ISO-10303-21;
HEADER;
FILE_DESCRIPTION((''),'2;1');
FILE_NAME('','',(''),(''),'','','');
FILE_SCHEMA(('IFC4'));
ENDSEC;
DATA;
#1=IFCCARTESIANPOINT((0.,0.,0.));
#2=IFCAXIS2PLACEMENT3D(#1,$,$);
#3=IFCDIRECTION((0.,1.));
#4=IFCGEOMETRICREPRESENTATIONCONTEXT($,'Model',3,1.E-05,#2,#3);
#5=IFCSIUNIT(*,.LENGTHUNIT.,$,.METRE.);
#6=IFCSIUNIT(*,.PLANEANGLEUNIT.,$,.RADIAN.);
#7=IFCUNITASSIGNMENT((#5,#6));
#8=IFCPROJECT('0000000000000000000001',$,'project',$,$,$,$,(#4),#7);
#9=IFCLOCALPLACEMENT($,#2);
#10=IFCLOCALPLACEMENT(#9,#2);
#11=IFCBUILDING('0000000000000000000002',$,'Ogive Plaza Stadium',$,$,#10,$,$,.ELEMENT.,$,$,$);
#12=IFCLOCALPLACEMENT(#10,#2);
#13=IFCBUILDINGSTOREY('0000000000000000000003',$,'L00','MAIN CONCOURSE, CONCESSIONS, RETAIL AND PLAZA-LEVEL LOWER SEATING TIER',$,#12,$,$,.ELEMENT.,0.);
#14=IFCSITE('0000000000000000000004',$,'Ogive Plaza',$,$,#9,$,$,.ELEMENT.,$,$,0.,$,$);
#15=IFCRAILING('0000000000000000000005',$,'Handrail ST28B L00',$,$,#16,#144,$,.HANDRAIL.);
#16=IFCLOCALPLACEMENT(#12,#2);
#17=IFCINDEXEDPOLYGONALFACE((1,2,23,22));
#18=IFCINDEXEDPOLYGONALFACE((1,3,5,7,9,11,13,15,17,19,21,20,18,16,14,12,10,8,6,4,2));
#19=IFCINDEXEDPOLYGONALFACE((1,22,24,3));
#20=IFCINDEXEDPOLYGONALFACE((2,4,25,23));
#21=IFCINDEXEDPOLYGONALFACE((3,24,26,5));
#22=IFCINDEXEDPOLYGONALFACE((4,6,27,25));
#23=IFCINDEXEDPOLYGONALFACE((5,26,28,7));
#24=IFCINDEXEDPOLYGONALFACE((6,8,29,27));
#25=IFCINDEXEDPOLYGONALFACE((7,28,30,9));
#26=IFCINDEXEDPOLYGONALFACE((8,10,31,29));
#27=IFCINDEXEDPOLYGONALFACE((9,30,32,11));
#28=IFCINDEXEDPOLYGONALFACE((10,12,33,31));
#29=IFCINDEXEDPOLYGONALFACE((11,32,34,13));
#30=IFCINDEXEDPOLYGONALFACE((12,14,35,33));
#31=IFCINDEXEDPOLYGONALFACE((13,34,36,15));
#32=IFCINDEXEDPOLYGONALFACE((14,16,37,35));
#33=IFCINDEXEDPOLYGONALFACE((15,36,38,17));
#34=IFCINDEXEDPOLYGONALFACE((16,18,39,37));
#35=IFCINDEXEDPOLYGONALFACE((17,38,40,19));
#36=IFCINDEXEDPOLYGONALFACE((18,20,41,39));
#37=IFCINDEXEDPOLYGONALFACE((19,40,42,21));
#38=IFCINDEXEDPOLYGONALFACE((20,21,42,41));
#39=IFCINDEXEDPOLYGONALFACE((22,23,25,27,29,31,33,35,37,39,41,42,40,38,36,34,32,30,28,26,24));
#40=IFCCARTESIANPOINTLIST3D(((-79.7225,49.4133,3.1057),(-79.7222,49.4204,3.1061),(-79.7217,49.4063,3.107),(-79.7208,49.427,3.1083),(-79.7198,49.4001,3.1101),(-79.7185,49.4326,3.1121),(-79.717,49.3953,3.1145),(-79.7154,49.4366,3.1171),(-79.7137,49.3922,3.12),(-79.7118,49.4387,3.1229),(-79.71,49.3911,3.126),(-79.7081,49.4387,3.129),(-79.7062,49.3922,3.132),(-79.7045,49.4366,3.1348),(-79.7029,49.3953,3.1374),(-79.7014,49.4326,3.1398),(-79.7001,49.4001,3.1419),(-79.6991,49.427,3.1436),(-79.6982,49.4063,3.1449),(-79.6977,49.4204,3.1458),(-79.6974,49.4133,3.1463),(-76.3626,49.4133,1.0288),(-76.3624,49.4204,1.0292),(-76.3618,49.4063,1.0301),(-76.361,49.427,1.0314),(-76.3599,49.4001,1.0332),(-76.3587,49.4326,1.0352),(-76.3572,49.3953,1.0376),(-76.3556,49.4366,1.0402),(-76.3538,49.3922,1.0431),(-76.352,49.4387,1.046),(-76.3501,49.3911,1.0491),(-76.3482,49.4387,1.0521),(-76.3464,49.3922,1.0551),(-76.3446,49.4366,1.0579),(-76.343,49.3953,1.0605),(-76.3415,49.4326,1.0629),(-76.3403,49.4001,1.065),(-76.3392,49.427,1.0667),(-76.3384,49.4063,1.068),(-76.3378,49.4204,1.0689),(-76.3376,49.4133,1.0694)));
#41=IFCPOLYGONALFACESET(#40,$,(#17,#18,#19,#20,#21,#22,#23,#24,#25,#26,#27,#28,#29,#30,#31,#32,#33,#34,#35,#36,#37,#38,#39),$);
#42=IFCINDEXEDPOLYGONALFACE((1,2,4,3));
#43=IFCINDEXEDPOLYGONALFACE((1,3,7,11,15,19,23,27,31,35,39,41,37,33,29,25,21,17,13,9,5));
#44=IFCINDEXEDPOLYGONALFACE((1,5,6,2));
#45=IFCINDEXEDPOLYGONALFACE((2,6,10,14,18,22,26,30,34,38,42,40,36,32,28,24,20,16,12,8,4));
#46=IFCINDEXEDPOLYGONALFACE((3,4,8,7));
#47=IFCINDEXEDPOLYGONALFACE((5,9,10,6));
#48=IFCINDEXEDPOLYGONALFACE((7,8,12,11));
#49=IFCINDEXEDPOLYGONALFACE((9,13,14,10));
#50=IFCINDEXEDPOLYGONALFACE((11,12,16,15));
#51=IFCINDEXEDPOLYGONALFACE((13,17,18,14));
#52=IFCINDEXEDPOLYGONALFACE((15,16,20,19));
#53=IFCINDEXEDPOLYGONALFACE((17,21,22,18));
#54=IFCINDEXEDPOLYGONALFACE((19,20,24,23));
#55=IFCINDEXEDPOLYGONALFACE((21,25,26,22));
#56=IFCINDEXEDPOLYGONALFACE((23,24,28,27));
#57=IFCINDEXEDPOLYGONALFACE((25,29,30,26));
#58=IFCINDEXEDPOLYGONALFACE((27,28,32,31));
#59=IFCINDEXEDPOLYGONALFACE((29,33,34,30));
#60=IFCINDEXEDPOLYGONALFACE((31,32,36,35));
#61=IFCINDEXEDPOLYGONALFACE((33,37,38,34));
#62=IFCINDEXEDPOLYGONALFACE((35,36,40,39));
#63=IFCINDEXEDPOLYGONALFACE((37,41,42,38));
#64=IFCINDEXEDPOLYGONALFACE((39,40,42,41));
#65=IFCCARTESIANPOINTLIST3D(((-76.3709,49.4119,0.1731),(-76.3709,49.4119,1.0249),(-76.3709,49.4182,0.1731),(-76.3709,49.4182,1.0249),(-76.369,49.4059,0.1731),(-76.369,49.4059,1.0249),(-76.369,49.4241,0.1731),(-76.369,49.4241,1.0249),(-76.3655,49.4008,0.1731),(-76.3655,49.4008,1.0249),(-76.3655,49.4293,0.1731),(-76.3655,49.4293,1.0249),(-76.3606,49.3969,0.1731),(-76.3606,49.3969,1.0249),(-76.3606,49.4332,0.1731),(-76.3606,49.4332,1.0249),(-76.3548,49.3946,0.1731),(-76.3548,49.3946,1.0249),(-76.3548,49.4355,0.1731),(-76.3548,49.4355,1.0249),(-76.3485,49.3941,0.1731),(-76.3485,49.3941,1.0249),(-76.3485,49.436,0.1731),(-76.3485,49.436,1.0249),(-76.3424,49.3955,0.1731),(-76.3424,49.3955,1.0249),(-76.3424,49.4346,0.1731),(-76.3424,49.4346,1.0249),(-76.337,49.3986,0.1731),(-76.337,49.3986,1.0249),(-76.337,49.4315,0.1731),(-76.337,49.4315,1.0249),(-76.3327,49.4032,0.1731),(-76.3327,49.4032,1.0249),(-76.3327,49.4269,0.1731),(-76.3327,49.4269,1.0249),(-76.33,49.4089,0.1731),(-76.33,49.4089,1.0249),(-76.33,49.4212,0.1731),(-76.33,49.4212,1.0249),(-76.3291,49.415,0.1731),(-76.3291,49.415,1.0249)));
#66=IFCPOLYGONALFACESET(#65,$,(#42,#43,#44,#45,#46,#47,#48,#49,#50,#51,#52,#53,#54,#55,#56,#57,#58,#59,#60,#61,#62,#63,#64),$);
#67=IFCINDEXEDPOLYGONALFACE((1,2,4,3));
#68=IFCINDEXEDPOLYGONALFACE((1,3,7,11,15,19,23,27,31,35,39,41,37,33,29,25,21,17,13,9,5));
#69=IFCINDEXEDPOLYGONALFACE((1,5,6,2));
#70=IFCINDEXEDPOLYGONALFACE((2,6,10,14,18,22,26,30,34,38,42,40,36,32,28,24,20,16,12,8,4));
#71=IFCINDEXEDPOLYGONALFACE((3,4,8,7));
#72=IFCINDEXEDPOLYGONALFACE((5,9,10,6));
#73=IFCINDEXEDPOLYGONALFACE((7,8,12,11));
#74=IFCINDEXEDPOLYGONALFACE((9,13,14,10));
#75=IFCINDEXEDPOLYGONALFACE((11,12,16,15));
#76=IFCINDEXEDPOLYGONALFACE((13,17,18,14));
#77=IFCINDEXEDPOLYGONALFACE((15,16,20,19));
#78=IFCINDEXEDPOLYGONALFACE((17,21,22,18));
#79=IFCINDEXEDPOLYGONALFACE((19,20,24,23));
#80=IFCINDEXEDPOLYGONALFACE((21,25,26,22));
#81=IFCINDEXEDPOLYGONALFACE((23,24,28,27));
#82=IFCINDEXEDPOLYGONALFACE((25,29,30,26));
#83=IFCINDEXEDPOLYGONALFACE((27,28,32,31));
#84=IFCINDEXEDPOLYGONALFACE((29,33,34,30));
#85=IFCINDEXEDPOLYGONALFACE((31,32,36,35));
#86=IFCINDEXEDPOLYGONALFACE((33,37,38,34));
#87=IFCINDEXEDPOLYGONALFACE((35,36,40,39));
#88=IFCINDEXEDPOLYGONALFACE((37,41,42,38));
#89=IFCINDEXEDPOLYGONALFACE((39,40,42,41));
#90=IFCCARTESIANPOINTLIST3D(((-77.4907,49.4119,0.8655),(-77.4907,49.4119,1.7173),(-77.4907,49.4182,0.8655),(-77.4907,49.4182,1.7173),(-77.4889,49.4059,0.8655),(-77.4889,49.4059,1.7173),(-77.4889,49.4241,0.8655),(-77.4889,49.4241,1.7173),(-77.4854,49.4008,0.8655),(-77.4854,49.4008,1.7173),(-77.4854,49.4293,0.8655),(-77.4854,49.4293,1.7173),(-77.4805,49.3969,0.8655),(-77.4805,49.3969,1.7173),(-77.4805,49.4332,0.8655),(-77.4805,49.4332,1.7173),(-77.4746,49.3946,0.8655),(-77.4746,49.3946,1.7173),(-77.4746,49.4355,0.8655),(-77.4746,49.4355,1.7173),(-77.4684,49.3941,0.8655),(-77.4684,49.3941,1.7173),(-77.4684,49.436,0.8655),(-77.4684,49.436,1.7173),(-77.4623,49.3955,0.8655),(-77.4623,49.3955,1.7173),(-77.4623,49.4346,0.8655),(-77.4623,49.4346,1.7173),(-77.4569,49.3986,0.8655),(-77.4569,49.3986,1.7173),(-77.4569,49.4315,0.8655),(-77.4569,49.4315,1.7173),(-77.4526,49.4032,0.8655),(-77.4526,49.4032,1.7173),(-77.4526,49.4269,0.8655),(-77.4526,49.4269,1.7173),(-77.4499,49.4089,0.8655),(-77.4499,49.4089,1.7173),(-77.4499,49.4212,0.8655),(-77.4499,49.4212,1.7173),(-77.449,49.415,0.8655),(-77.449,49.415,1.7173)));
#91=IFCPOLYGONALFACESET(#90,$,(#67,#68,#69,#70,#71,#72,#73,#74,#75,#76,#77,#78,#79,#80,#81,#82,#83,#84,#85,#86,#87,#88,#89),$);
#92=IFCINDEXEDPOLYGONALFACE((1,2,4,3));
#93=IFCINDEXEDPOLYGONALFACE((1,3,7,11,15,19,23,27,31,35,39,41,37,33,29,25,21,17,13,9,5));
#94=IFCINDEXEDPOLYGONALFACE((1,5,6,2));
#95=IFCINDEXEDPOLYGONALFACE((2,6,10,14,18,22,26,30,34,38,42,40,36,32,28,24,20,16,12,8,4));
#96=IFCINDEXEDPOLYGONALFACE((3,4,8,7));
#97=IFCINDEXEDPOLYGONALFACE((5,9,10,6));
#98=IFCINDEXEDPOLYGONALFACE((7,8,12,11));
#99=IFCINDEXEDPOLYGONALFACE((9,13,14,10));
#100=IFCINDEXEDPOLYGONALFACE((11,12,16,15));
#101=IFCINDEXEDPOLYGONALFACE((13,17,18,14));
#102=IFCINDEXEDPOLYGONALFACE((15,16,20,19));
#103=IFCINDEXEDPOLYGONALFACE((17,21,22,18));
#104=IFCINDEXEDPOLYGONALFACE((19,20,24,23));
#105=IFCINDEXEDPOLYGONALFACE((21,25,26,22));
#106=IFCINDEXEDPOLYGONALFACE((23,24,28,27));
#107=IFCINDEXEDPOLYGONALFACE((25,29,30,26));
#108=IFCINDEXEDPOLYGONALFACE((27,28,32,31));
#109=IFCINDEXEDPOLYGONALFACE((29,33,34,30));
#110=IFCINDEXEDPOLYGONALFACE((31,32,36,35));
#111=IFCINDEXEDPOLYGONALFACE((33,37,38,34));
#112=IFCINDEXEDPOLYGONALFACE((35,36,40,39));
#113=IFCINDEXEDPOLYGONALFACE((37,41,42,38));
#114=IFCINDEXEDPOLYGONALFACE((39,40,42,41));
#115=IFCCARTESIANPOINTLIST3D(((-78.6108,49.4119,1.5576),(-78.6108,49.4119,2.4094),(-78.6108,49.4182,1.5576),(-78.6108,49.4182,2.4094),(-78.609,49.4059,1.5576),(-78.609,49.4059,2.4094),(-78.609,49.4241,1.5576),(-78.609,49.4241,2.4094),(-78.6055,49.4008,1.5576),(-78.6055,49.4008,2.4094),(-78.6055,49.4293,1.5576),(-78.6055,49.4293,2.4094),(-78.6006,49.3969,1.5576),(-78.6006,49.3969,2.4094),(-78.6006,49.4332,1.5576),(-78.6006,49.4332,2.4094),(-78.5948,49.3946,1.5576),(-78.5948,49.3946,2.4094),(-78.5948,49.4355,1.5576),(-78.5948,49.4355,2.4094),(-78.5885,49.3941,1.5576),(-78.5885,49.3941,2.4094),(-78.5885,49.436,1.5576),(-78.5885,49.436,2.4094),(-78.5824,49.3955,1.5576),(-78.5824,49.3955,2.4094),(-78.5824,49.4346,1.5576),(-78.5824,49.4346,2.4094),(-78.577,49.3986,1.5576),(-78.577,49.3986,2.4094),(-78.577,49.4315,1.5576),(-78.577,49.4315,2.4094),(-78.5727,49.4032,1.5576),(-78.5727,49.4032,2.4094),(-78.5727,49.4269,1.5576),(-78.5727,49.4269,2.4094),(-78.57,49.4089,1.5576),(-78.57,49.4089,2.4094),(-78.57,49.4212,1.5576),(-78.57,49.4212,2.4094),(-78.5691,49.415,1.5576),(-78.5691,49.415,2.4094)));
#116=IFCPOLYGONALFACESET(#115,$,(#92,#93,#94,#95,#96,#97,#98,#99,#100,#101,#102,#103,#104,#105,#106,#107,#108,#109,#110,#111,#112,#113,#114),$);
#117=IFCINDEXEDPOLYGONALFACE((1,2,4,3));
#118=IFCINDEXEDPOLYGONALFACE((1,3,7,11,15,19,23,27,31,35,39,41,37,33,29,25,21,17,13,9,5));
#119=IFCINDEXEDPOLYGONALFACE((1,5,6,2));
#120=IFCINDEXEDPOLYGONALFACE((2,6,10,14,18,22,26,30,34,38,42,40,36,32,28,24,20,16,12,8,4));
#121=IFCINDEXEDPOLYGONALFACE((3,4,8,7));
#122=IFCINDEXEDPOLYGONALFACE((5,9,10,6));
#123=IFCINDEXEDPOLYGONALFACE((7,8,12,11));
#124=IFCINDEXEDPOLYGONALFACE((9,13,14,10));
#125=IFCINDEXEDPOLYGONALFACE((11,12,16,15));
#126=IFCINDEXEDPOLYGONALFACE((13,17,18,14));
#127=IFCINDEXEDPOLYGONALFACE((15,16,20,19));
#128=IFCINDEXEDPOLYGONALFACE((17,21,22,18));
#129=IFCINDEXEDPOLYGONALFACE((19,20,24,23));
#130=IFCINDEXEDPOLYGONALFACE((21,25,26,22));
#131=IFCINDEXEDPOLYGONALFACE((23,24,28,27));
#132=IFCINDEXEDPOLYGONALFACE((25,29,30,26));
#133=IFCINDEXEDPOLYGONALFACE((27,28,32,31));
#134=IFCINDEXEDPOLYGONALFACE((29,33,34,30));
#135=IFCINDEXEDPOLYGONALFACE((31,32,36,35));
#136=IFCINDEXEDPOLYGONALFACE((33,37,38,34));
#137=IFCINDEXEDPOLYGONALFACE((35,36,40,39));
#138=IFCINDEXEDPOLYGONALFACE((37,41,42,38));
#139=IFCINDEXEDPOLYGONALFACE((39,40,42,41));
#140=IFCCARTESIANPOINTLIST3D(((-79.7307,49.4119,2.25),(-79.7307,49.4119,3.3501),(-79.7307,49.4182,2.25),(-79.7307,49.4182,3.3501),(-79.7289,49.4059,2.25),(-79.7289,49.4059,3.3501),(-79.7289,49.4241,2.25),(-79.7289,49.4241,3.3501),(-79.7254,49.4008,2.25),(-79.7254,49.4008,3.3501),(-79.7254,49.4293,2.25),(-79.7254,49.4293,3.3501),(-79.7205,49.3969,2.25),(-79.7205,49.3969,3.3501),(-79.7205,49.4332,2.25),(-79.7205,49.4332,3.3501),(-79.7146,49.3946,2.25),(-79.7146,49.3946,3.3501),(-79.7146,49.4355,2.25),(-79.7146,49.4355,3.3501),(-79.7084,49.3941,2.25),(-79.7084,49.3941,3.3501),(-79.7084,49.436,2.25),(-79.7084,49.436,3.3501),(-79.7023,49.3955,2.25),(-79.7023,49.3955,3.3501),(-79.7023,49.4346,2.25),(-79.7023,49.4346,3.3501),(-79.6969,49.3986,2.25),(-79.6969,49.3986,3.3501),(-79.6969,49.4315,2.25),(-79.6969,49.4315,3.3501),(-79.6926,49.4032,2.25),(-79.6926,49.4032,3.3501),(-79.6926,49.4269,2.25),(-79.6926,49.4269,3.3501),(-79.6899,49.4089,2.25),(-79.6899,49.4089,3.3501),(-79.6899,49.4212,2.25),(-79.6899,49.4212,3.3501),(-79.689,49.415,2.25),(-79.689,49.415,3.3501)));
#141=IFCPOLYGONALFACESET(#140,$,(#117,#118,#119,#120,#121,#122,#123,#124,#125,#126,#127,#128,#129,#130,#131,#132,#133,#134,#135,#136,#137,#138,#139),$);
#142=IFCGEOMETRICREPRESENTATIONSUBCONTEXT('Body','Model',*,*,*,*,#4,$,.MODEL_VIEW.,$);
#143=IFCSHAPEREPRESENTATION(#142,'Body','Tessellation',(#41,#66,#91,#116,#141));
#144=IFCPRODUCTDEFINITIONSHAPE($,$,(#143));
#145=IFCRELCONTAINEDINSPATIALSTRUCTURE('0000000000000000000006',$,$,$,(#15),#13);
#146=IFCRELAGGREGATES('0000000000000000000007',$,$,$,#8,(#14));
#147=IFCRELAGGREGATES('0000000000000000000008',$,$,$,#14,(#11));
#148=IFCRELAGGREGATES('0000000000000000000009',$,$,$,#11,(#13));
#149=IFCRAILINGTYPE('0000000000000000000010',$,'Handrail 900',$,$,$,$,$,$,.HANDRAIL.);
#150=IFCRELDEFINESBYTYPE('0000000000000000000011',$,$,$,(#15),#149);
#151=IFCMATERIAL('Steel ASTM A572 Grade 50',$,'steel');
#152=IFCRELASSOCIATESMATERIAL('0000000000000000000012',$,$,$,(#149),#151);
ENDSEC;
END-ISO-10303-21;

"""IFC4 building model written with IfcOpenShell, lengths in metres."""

from ifc_helpers import new_model, si_unit, direction, frame, origin, origin_2d, place, context, subcontext, project, spatial, circle, extrude, material, type_object, element, save


model = new_model("IFC4")

# Units and contexts
model_context = context("Model", 3, precision=1e-05, world=origin(), true_north=direction((0.0, 1.0)))
body_context = subcontext(model_context, "Body", "Model", "MODEL_VIEW")
ifc_project = project(units=[si_unit("LENGTHUNIT", "METRE"), si_unit("PLANEANGLEUNIT", "RADIAN")], contexts=[model_context])

# Site, building, storey
site_placement = place(None, origin())
site = spatial("IfcSite", under=ifc_project, at=site_placement, Name="Ogive Plaza", CompositionType="ELEMENT", RefElevation=0.0)
building_placement = place(site_placement, origin())
building = spatial("IfcBuilding", under=site, at=building_placement, Name="Ogive Plaza Stadium", CompositionType="ELEMENT")
storey_placement = place(building_placement, origin())
storey = spatial("IfcBuildingStorey", under=building, at=storey_placement, Name="L00", Description="MAIN CONCOURSE, CONCESSIONS, RETAIL AND PLAZA-LEVEL LOWER SEATING TIER", CompositionType="ELEMENT", Elevation=0.0)

# Railing
ifc_material_1 = material(Name="Steel ASTM A572 Grade 50", Category="steel")
railing_type_1 = type_object("IfcRailingType", Name="Handrail 900", PredefinedType="HANDRAIL", material=ifc_material_1)
for number, where, name in (
    (1, (-76.3501, 49.415, 0.1731), "Handrail ST28B L00"),
):
    element("IfcRailing", number, at=place(storey_placement, frame(where)), inside=storey, type_object=railing_type_1, Name=name, PredefinedType="HANDRAIL", context=body_context, shape_type="SweptSolid", body=[
        extrude(circle(Radius=0.0239, at=origin_2d()), frame((0.0, 0.0, 0.876), z_axis=(-0.850606, 0.0, 0.525803), x_axis=(0.0, -1.0, 0.0)), (0.0, 0.0, 1.0), 3.95),
        extrude(circle(Radius=0.021, at=origin_2d()), origin(), (0.0, 0.0, 1.0), 0.8518),
        extrude(circle(Radius=0.021, at=origin_2d()), frame((-1.1199, 0.0, 0.6924)), (0.0, 0.0, 1.0), 0.8518),
        extrude(circle(Radius=0.021, at=origin_2d()), frame((-2.24, 0.0, 1.3845)), (0.0, 0.0, 1.0), 0.8518),
        extrude(circle(Radius=0.021, at=origin_2d()), frame((-3.3599, 0.0, 2.0769)), (0.0, 0.0, 1.0), 1.1001),
    ])

save(model, "model.ifc")
